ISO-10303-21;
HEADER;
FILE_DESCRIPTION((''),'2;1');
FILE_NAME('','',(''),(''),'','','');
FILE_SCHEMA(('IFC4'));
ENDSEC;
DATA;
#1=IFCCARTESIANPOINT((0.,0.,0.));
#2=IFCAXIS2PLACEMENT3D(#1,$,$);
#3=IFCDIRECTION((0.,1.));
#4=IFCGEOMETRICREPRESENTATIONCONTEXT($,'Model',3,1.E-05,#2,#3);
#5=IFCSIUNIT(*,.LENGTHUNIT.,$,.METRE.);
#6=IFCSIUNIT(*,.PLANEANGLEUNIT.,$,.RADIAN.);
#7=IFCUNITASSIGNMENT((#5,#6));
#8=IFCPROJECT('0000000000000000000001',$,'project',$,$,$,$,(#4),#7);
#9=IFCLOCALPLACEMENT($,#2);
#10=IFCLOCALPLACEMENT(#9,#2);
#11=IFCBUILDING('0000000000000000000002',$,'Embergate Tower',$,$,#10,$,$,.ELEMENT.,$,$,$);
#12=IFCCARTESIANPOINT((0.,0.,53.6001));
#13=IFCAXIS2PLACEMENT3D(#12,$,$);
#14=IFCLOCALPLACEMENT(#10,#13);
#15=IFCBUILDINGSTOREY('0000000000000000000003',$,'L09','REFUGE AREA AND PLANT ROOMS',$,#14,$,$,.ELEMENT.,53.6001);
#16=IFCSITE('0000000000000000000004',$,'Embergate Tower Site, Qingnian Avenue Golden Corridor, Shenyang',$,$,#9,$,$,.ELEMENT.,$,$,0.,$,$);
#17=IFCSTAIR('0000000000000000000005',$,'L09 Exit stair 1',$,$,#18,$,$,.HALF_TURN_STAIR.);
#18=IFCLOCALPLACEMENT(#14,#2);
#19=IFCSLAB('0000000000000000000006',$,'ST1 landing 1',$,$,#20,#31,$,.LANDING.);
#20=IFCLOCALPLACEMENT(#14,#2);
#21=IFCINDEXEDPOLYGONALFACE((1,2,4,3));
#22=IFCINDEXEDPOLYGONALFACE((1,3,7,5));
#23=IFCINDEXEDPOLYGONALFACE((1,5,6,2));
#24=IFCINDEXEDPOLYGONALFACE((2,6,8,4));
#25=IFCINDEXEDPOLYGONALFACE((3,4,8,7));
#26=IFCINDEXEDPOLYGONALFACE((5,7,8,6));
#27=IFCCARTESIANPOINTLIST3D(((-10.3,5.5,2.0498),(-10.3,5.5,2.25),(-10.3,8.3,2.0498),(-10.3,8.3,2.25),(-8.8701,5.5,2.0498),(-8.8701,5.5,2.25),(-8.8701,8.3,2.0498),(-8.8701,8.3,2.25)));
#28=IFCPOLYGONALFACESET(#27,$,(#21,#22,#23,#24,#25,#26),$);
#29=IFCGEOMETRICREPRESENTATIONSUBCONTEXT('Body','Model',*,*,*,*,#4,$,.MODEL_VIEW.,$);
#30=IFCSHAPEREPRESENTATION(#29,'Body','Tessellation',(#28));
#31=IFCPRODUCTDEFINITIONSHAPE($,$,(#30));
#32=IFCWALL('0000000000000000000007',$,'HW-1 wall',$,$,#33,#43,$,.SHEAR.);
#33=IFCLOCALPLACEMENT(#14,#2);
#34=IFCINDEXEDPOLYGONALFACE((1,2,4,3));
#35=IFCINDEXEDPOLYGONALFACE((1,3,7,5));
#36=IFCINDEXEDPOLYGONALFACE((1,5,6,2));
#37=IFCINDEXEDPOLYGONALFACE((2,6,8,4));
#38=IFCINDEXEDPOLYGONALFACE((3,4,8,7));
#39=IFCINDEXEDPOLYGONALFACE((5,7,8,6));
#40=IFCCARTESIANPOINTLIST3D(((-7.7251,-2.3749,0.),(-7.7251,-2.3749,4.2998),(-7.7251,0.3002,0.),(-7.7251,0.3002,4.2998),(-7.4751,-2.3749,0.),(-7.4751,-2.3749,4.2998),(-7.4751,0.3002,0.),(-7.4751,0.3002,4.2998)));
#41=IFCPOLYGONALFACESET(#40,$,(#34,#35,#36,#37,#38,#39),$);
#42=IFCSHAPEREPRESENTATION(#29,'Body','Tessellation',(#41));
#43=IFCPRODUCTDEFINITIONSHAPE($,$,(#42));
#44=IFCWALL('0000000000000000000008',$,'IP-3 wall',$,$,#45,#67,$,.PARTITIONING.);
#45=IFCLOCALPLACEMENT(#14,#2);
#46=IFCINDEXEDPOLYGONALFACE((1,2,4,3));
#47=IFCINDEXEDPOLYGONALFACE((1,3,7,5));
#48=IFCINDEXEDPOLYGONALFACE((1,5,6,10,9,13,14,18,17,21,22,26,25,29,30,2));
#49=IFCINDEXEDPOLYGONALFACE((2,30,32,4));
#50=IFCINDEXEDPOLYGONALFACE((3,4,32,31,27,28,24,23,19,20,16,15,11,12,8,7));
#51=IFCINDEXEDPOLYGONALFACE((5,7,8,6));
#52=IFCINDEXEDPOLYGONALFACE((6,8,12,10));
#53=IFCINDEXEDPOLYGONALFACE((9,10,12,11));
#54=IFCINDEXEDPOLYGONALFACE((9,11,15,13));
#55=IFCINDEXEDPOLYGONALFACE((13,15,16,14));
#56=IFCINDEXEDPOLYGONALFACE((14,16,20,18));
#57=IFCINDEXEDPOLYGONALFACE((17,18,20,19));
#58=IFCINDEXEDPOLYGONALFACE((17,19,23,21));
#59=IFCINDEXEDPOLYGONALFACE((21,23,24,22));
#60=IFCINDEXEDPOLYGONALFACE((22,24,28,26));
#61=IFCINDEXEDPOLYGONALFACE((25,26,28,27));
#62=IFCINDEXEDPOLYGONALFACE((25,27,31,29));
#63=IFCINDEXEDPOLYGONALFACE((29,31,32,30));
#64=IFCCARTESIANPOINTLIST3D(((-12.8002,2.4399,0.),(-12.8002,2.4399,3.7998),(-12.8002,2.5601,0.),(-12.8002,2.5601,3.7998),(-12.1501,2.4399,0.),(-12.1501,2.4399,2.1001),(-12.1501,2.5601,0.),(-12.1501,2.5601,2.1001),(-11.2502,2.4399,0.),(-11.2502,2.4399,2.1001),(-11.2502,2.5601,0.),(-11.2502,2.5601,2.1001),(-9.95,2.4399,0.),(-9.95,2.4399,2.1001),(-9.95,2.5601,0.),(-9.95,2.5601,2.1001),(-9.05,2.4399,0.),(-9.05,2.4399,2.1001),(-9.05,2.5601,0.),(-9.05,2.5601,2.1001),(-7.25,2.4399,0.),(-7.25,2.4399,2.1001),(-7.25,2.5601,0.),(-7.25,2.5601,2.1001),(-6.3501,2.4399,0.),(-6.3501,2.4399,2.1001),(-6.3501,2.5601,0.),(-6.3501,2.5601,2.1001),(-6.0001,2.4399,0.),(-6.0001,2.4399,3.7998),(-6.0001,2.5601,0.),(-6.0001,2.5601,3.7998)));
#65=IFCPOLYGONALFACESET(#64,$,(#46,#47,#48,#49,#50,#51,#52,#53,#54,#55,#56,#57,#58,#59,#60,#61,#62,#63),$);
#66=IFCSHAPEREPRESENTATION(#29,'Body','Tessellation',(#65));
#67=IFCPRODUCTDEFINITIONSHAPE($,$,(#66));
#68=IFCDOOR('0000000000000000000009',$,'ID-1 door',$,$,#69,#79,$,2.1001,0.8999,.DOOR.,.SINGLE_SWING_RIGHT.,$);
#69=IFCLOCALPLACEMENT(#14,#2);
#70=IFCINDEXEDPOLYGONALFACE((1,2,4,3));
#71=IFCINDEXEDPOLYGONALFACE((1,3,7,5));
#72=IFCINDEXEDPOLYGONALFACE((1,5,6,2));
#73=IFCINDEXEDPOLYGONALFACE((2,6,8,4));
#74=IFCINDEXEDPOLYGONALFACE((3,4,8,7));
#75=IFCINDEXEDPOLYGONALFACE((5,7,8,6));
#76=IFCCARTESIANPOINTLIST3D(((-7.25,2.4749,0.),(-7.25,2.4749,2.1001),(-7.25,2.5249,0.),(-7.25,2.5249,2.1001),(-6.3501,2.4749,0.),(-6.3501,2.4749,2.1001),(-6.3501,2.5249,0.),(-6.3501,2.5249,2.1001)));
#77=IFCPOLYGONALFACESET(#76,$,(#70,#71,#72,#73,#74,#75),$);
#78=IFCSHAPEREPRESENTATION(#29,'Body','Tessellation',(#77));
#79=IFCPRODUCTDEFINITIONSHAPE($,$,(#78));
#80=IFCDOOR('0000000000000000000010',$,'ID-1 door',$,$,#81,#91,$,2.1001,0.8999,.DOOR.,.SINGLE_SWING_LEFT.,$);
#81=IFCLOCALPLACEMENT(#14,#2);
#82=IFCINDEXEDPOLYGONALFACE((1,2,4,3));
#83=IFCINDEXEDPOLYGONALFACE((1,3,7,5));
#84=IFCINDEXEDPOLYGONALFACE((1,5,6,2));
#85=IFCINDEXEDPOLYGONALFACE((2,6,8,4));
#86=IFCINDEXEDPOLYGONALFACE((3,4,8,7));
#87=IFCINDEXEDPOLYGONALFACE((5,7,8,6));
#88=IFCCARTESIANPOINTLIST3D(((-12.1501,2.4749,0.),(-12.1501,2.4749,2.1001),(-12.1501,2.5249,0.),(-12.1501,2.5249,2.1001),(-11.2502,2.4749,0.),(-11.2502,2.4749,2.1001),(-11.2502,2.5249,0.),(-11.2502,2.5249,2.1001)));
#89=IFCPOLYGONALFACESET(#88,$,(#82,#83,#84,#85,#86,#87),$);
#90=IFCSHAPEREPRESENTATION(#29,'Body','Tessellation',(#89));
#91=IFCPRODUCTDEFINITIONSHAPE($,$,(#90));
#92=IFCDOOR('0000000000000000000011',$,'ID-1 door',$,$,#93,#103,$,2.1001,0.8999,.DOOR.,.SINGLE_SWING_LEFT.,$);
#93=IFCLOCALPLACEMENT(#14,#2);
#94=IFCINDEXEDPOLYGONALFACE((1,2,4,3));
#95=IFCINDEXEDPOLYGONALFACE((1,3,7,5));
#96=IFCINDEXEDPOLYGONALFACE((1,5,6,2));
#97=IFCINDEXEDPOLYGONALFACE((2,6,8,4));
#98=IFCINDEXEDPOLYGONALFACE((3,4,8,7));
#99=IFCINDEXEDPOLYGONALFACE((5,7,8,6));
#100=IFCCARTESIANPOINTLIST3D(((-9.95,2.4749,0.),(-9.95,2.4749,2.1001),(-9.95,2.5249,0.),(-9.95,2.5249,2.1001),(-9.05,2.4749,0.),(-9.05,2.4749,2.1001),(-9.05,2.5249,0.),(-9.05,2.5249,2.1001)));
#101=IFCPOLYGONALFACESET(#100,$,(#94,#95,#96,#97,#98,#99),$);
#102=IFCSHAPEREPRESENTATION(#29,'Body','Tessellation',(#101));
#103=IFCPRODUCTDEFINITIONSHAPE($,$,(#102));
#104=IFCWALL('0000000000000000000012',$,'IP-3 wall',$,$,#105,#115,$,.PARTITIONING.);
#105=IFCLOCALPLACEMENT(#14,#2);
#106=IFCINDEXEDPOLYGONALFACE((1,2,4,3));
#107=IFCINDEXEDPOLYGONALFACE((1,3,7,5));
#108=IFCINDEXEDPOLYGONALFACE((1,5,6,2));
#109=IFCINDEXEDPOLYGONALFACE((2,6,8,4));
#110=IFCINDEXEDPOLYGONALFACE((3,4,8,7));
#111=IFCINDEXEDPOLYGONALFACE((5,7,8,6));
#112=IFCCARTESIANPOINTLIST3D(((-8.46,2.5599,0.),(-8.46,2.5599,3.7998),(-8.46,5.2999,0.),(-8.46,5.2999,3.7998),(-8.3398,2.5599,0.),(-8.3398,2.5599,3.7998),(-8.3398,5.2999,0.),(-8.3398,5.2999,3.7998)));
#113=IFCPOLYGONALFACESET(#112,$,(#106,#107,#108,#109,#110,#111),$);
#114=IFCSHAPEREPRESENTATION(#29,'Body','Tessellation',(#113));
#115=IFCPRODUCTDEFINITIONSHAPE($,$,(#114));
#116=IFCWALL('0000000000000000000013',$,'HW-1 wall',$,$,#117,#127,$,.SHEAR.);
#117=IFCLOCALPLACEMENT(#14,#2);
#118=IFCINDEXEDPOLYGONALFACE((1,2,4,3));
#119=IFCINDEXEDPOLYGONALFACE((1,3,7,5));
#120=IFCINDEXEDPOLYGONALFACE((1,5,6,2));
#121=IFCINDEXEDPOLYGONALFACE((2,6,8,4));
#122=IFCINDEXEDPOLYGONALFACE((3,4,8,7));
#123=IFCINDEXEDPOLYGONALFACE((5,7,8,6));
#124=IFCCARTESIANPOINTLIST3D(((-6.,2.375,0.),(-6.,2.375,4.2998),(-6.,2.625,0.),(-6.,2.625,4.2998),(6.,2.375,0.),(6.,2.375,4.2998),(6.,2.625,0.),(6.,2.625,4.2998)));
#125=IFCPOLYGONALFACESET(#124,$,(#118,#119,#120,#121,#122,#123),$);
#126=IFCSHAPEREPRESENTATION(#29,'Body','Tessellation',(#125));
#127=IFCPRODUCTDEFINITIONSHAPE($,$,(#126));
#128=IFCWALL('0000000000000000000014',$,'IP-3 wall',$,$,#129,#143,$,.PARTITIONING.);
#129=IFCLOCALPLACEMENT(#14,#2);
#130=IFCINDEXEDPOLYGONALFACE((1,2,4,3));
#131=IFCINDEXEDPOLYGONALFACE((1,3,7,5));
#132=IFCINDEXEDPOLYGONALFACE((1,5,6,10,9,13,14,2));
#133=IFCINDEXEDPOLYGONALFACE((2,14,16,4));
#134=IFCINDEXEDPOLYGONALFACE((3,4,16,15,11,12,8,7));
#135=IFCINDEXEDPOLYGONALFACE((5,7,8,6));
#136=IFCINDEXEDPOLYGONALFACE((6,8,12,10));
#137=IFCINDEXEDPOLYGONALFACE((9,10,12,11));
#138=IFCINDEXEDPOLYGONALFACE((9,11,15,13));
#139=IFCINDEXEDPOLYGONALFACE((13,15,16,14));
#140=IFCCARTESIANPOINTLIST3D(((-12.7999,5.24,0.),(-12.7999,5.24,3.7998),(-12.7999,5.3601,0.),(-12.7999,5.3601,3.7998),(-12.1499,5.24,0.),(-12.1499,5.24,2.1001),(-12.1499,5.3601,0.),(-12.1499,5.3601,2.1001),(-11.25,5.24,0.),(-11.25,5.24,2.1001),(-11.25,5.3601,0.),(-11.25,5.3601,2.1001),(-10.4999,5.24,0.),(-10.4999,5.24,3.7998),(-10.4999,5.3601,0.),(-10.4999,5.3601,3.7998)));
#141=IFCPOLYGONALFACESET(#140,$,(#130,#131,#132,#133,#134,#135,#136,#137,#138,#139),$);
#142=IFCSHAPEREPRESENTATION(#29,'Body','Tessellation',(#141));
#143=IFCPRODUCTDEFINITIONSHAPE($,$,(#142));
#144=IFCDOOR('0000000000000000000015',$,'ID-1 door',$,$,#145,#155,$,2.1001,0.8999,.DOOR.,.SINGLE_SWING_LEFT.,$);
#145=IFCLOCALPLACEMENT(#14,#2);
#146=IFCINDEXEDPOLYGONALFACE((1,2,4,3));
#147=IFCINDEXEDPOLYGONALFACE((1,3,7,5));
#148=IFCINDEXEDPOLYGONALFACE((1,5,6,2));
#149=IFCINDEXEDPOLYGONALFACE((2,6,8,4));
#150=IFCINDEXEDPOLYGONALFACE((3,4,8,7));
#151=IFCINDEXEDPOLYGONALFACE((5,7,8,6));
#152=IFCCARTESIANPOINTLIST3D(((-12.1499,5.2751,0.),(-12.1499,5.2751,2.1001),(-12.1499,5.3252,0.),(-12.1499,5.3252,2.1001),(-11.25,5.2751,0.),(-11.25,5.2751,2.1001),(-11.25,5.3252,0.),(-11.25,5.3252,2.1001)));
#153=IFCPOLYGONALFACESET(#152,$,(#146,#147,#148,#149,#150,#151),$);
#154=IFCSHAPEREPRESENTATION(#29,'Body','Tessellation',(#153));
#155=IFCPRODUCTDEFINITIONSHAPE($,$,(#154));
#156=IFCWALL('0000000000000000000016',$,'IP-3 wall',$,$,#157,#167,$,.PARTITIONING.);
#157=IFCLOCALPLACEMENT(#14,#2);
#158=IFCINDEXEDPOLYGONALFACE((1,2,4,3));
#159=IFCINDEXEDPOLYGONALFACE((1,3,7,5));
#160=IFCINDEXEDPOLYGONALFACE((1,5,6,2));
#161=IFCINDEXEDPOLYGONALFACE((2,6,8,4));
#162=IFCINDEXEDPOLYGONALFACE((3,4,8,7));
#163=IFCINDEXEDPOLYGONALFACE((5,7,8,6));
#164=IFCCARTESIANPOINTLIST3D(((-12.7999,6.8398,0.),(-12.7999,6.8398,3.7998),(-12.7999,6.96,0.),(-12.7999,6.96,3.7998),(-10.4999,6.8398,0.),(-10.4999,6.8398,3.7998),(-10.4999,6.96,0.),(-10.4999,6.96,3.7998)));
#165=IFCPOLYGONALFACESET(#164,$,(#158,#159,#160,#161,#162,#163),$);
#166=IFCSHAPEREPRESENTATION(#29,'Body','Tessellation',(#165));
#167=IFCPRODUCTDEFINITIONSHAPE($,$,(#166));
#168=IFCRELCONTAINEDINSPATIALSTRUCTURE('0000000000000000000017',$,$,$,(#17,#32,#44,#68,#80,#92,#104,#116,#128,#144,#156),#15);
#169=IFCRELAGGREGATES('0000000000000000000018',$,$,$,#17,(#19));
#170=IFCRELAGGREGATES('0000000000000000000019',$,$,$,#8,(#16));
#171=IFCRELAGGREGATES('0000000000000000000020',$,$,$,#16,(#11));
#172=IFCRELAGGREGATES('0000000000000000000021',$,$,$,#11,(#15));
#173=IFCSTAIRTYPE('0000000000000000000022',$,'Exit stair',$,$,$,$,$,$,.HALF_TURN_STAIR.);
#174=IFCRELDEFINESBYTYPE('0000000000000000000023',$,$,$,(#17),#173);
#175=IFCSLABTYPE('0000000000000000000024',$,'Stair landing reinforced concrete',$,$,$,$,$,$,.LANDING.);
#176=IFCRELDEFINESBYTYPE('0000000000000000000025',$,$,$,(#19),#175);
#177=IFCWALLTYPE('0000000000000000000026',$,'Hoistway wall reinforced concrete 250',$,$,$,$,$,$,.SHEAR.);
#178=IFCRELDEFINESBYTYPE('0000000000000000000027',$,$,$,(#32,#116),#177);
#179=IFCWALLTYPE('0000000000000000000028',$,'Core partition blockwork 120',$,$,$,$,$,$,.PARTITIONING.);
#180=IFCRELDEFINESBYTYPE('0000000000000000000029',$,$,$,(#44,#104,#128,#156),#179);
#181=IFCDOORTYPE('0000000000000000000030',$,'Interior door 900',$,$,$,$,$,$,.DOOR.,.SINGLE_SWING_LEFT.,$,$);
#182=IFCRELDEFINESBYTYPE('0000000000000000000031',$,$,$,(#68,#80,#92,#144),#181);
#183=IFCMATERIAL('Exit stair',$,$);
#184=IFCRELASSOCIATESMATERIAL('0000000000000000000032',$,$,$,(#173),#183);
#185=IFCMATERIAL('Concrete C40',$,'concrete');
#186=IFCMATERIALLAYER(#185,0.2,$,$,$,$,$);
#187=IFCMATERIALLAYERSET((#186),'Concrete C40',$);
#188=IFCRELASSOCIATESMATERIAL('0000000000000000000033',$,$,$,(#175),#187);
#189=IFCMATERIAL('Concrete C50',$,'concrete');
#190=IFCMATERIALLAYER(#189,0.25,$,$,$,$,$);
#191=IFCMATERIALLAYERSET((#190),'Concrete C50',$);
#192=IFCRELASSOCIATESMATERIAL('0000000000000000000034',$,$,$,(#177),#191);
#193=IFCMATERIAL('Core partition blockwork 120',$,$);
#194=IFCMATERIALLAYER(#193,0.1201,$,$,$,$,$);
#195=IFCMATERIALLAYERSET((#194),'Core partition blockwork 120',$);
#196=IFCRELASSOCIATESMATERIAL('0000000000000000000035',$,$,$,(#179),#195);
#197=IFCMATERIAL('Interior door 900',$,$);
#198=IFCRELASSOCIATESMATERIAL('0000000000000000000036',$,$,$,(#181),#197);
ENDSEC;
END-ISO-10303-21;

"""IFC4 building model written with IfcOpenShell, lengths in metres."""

from ifc_helpers import new_model, si_unit, direction, frame, frame_2d, origin, place, context, subcontext, project, spatial, polyline, rectangle, outline, extrude, source, transform, mapped, material, layer, layer_set, type_object, element, fill, aggregate, save


model = new_model("IFC4")

# Units and contexts
model_context = context("Model", 3, precision=1e-05, world=origin(), true_north=direction((0.0, 1.0)))
body_context = subcontext(model_context, "Body", "Model", "MODEL_VIEW")
ifc_project = project(units=[si_unit("LENGTHUNIT", "METRE"), si_unit("PLANEANGLEUNIT", "RADIAN")], contexts=[model_context])

# Site, building, storey
site_placement = place(None, origin())
site = spatial("IfcSite", under=ifc_project, at=site_placement, Name="Embergate Tower Site, Qingnian Avenue Golden Corridor, Shenyang", CompositionType="ELEMENT", RefElevation=0.0)
building_placement = place(site_placement, origin())
building = spatial("IfcBuilding", under=site, at=building_placement, Name="Embergate Tower", CompositionType="ELEMENT")
storey_placement = place(building_placement, frame((0.0, 0.0, 53.6001)))
storey = spatial("IfcBuildingStorey", under=building, at=storey_placement, Name="L09", Description="REFUGE AREA AND PLANT ROOMS", CompositionType="ELEMENT", Elevation=53.6001)

# Stair, slab
ifc_material_1 = material(Name="Exit stair")
stair_type = type_object("IfcStairType", Name="Exit stair", PredefinedType="HALF_TURN_STAIR", material=ifc_material_1)
stair_placement = place(storey_placement, origin())
stair = element("IfcStair", 1, at=stair_placement, inside=storey, type_object=stair_type, Name="L09 Exit stair 1", PredefinedType="HALF_TURN_STAIR")
ifc_material_2 = material(Name="Concrete C40", Category="concrete")
ifc_layer_1 = layer(ifc_material_2, 0.2)
ifc_layer_set_1 = layer_set([ifc_layer_1], Name="Concrete C40")
slab_type = type_object("IfcSlabType", Name="Stair landing reinforced concrete", PredefinedType="LANDING", material=ifc_layer_set_1)
shared_shape_1 = source(origin(), body_context, "Body", "SweptSolid", [
    extrude(outline(polyline([(0.0, 0.0), (1.4299, 0.0), (1.4299, 2.8), (0.0, 2.8), (0.0, 0.0)])), origin(), (0.0, 0.0, 1.0), 0.2002),
])
slab_placement = place(storey_placement, frame((-10.3, 5.5, 2.0498)))
slab = element("IfcSlab", 2, at=slab_placement, type_object=slab_type, Name="ST1 landing 1", PredefinedType="LANDING", context=body_context, shape_type="MappedRepresentation", body=[
    mapped(shared_shape_1, transform((0.0, 0.0, 0.0))),
])

# Wall
ifc_material_3 = material(Name="Concrete C50", Category="concrete")
ifc_layer_2 = layer(ifc_material_3, 0.25)
ifc_layer_set_2 = layer_set([ifc_layer_2], Name="Concrete C50")
wall_type_1 = type_object("IfcWallType", Name="Hoistway wall reinforced concrete 250", PredefinedType="SHEAR", material=ifc_layer_set_2)
shared_shape_2 = source(origin(), body_context, "Body", "SweptSolid", [
    extrude(rectangle(XDim=2.675, YDim=0.25, at=frame_2d((1.3374, 0.0))), origin(), (0.0, 0.0, 1.0), 4.2998),
])
wall_1_placement = place(storey_placement, frame((-7.6001, 0.3, 0.0), z_axis=(0.0, 0.0, 1.0), x_axis=(0.0, -1.0, 0.0)))
element("IfcWall", 3, at=wall_1_placement, inside=storey, type_object=wall_type_1, Name="HW-1 wall", PredefinedType="SHEAR", context=body_context, shape_type="MappedRepresentation", body=[
    mapped(shared_shape_2, transform((0.0, 0.0, 0.0))),
])

# Wall, openings, doors
ifc_material_4 = material(Name="Core partition blockwork 120")
ifc_layer_3 = layer(ifc_material_4, 0.1201)
ifc_layer_set_3 = layer_set([ifc_layer_3], Name="Core partition blockwork 120")
wall_type_2 = type_object("IfcWallType", Name="Core partition blockwork 120", PredefinedType="PARTITIONING", material=ifc_layer_set_3)
shared_shape_3 = source(origin(), body_context, "Body", "SweptSolid", [
    extrude(rectangle(XDim=6.8, YDim=0.1201, at=frame_2d((3.3999, 0.0))), origin(), (0.0, 0.0, 1.0), 3.7998),
])
wall_2_placement = place(storey_placement, frame((-12.8, 2.5, 0.0), z_axis=(0.0, 0.0, 1.0), x_axis=(1.0, 0.0, 0.0)))
wall_2 = element("IfcWall", 4, at=wall_2_placement, inside=storey, type_object=wall_type_2, Name="IP-3 wall", PredefinedType="PARTITIONING", context=body_context, shape_type="MappedRepresentation", body=[
    mapped(shared_shape_3, transform((0.0, 0.0, 0.0))),
])
shared_shape_4 = source(origin(), body_context, "Body", "SweptSolid", [
    extrude(rectangle(XDim=0.8999, YDim=2.1001, at=frame_2d((0.45, 1.05))), frame((0.0, 0.0701, 0.0), z_axis=(0.0, -1.0, 0.0), x_axis=(1.0, 0.0, 0.0)), (0.0, 0.0, 1.0), 0.1401),
])
opening_1_placement = place(wall_2_placement, frame((5.55, 0.0, 0.0)))
opening_1 = element("IfcOpeningElement", 5, at=opening_1_placement, cuts=wall_2, PredefinedType="OPENING", context=body_context, shape_type="MappedRepresentation", body=[
    mapped(shared_shape_4, transform((0.0, 0.0, 0.0))),
])
opening_2_placement = place(wall_2_placement, frame((0.6499, 0.0, 0.0)))
opening_2 = element("IfcOpeningElement", 6, at=opening_2_placement, cuts=wall_2, PredefinedType="OPENING", context=body_context, shape_type="MappedRepresentation", body=[
    mapped(shared_shape_4, transform((0.0, 0.0, 0.0))),
])
opening_3_placement = place(wall_2_placement, frame((2.8501, 0.0, 0.0)))
opening_3 = element("IfcOpeningElement", 7, at=opening_3_placement, cuts=wall_2, PredefinedType="OPENING", context=body_context, shape_type="MappedRepresentation", body=[
    mapped(shared_shape_4, transform((0.0, 0.0, 0.0))),
])
ifc_material_5 = material(Name="Interior door 900")
door_type_1 = type_object("IfcDoorType", Name="Interior door 900", OperationType="SINGLE_SWING_LEFT", PredefinedType="DOOR", material=ifc_material_5)
shared_shape_5 = source(origin(), body_context, "Body", "SweptSolid", [
    extrude(rectangle(XDim=0.8999, YDim=2.1001, at=frame_2d((0.45, 1.05))), frame((0.0, 0.0249, 0.0), z_axis=(0.0, -1.0, 0.0), x_axis=(1.0, 0.0, 0.0)), (0.0, 0.0, 1.0), 0.05),
])
door_1_placement = place(opening_1_placement, origin())
door_1 = element("IfcDoor", 8, at=door_1_placement, inside=storey, type_object=door_type_1, Name="ID-1 door", OperationType="SINGLE_SWING_RIGHT", OverallHeight=2.1001, OverallWidth=0.8999, PredefinedType="DOOR", context=body_context, shape_type="MappedRepresentation", body=[
    mapped(shared_shape_5, transform((0.0, 0.0, 0.0))),
])
fill(opening_1, door_1)
door_2_placement = place(opening_2_placement, origin())
door_2 = element("IfcDoor", 9, at=door_2_placement, inside=storey, type_object=door_type_1, Name="ID-1 door", OperationType="SINGLE_SWING_LEFT", OverallHeight=2.1001, OverallWidth=0.8999, PredefinedType="DOOR", context=body_context, shape_type="MappedRepresentation", body=[
    mapped(shared_shape_5, transform((0.0, 0.0, 0.0))),
])
fill(opening_2, door_2)
door_3_placement = place(opening_3_placement, origin())
door_3 = element("IfcDoor", 10, at=door_3_placement, inside=storey, type_object=door_type_1, Name="ID-1 door", OperationType="SINGLE_SWING_LEFT", OverallHeight=2.1001, OverallWidth=0.8999, PredefinedType="DOOR", context=body_context, shape_type="MappedRepresentation", body=[
    mapped(shared_shape_5, transform((0.0, 0.0, 0.0))),
])
fill(opening_3, door_3)

# Walls
shared_shape_6 = source(origin(), body_context, "Body", "SweptSolid", [
    extrude(rectangle(XDim=2.74, YDim=0.1201, at=frame_2d((1.3701, 0.0))), origin(), (0.0, 0.0, 1.0), 3.7998),
])
wall_3_placement = place(storey_placement, frame((-8.3999, 5.3, 0.0), z_axis=(0.0, 0.0, 1.0), x_axis=(0.0, -1.0, 0.0)))
element("IfcWall", 11, at=wall_3_placement, inside=storey, type_object=wall_type_2, Name="IP-3 wall", PredefinedType="PARTITIONING", context=body_context, shape_type="MappedRepresentation", body=[
    mapped(shared_shape_6, transform((0.0, 0.0, 0.0))),
])
shared_shape_7 = source(origin(), body_context, "Body", "SweptSolid", [
    extrude(rectangle(XDim=12.0, YDim=0.25, at=frame_2d((6.0, 0.0))), origin(), (0.0, 0.0, 1.0), 4.2998),
])
wall_4_placement = place(storey_placement, frame((-6.0, 2.5, 0.0), z_axis=(0.0, 0.0, 1.0), x_axis=(1.0, 0.0, 0.0)))
element("IfcWall", 12, at=wall_4_placement, inside=storey, type_object=wall_type_1, Name="HW-1 wall", PredefinedType="SHEAR", context=body_context, shape_type="MappedRepresentation", body=[
    mapped(shared_shape_7, transform((0.0, 0.0, 0.0))),
])

# Wall, opening, door
shared_shape_8 = source(origin(), body_context, "Body", "SweptSolid", [
    extrude(rectangle(XDim=2.3, YDim=0.1201, at=frame_2d((1.1499, 0.0))), origin(), (0.0, 0.0, 1.0), 3.7998),
])
wall_5_placement = place(storey_placement, frame((-10.5, 5.3, 0.0), z_axis=(0.0, 0.0, 1.0), x_axis=(-1.0, 0.0, 0.0)))
wall_5 = element("IfcWall", 13, at=wall_5_placement, inside=storey, type_object=wall_type_2, Name="IP-3 wall", PredefinedType="PARTITIONING", context=body_context, shape_type="MappedRepresentation", body=[
    mapped(shared_shape_8, transform((0.0, 0.0, 0.0))),
])
opening_4_placement = place(wall_5_placement, frame((0.75, 0.0, 0.0)))
opening_4 = element("IfcOpeningElement", 14, at=opening_4_placement, cuts=wall_5, PredefinedType="OPENING", context=body_context, shape_type="MappedRepresentation", body=[
    mapped(shared_shape_4, transform((0.0, 0.0, 0.0))),
])
door_4_placement = place(opening_4_placement, origin())
door_4 = element("IfcDoor", 15, at=door_4_placement, inside=storey, type_object=door_type_1, Name="ID-1 door", OperationType="SINGLE_SWING_LEFT", OverallHeight=2.1001, OverallWidth=0.8999, PredefinedType="DOOR", context=body_context, shape_type="MappedRepresentation", body=[
    mapped(shared_shape_5, transform((0.0, 0.0, 0.0))),
])
fill(opening_4, door_4)

# Wall
wall_6_placement = place(storey_placement, frame((-10.5, 6.8999, 0.0), z_axis=(0.0, 0.0, 1.0), x_axis=(-1.0, 0.0, 0.0)))
element("IfcWall", 16, at=wall_6_placement, inside=storey, type_object=wall_type_2, Name="IP-3 wall", PredefinedType="PARTITIONING", context=body_context, shape_type="MappedRepresentation", body=[
    mapped(shared_shape_8, transform((0.0, 0.0, 0.0))),
])

aggregate(stair, [slab])

save(model, "model.ifc")
